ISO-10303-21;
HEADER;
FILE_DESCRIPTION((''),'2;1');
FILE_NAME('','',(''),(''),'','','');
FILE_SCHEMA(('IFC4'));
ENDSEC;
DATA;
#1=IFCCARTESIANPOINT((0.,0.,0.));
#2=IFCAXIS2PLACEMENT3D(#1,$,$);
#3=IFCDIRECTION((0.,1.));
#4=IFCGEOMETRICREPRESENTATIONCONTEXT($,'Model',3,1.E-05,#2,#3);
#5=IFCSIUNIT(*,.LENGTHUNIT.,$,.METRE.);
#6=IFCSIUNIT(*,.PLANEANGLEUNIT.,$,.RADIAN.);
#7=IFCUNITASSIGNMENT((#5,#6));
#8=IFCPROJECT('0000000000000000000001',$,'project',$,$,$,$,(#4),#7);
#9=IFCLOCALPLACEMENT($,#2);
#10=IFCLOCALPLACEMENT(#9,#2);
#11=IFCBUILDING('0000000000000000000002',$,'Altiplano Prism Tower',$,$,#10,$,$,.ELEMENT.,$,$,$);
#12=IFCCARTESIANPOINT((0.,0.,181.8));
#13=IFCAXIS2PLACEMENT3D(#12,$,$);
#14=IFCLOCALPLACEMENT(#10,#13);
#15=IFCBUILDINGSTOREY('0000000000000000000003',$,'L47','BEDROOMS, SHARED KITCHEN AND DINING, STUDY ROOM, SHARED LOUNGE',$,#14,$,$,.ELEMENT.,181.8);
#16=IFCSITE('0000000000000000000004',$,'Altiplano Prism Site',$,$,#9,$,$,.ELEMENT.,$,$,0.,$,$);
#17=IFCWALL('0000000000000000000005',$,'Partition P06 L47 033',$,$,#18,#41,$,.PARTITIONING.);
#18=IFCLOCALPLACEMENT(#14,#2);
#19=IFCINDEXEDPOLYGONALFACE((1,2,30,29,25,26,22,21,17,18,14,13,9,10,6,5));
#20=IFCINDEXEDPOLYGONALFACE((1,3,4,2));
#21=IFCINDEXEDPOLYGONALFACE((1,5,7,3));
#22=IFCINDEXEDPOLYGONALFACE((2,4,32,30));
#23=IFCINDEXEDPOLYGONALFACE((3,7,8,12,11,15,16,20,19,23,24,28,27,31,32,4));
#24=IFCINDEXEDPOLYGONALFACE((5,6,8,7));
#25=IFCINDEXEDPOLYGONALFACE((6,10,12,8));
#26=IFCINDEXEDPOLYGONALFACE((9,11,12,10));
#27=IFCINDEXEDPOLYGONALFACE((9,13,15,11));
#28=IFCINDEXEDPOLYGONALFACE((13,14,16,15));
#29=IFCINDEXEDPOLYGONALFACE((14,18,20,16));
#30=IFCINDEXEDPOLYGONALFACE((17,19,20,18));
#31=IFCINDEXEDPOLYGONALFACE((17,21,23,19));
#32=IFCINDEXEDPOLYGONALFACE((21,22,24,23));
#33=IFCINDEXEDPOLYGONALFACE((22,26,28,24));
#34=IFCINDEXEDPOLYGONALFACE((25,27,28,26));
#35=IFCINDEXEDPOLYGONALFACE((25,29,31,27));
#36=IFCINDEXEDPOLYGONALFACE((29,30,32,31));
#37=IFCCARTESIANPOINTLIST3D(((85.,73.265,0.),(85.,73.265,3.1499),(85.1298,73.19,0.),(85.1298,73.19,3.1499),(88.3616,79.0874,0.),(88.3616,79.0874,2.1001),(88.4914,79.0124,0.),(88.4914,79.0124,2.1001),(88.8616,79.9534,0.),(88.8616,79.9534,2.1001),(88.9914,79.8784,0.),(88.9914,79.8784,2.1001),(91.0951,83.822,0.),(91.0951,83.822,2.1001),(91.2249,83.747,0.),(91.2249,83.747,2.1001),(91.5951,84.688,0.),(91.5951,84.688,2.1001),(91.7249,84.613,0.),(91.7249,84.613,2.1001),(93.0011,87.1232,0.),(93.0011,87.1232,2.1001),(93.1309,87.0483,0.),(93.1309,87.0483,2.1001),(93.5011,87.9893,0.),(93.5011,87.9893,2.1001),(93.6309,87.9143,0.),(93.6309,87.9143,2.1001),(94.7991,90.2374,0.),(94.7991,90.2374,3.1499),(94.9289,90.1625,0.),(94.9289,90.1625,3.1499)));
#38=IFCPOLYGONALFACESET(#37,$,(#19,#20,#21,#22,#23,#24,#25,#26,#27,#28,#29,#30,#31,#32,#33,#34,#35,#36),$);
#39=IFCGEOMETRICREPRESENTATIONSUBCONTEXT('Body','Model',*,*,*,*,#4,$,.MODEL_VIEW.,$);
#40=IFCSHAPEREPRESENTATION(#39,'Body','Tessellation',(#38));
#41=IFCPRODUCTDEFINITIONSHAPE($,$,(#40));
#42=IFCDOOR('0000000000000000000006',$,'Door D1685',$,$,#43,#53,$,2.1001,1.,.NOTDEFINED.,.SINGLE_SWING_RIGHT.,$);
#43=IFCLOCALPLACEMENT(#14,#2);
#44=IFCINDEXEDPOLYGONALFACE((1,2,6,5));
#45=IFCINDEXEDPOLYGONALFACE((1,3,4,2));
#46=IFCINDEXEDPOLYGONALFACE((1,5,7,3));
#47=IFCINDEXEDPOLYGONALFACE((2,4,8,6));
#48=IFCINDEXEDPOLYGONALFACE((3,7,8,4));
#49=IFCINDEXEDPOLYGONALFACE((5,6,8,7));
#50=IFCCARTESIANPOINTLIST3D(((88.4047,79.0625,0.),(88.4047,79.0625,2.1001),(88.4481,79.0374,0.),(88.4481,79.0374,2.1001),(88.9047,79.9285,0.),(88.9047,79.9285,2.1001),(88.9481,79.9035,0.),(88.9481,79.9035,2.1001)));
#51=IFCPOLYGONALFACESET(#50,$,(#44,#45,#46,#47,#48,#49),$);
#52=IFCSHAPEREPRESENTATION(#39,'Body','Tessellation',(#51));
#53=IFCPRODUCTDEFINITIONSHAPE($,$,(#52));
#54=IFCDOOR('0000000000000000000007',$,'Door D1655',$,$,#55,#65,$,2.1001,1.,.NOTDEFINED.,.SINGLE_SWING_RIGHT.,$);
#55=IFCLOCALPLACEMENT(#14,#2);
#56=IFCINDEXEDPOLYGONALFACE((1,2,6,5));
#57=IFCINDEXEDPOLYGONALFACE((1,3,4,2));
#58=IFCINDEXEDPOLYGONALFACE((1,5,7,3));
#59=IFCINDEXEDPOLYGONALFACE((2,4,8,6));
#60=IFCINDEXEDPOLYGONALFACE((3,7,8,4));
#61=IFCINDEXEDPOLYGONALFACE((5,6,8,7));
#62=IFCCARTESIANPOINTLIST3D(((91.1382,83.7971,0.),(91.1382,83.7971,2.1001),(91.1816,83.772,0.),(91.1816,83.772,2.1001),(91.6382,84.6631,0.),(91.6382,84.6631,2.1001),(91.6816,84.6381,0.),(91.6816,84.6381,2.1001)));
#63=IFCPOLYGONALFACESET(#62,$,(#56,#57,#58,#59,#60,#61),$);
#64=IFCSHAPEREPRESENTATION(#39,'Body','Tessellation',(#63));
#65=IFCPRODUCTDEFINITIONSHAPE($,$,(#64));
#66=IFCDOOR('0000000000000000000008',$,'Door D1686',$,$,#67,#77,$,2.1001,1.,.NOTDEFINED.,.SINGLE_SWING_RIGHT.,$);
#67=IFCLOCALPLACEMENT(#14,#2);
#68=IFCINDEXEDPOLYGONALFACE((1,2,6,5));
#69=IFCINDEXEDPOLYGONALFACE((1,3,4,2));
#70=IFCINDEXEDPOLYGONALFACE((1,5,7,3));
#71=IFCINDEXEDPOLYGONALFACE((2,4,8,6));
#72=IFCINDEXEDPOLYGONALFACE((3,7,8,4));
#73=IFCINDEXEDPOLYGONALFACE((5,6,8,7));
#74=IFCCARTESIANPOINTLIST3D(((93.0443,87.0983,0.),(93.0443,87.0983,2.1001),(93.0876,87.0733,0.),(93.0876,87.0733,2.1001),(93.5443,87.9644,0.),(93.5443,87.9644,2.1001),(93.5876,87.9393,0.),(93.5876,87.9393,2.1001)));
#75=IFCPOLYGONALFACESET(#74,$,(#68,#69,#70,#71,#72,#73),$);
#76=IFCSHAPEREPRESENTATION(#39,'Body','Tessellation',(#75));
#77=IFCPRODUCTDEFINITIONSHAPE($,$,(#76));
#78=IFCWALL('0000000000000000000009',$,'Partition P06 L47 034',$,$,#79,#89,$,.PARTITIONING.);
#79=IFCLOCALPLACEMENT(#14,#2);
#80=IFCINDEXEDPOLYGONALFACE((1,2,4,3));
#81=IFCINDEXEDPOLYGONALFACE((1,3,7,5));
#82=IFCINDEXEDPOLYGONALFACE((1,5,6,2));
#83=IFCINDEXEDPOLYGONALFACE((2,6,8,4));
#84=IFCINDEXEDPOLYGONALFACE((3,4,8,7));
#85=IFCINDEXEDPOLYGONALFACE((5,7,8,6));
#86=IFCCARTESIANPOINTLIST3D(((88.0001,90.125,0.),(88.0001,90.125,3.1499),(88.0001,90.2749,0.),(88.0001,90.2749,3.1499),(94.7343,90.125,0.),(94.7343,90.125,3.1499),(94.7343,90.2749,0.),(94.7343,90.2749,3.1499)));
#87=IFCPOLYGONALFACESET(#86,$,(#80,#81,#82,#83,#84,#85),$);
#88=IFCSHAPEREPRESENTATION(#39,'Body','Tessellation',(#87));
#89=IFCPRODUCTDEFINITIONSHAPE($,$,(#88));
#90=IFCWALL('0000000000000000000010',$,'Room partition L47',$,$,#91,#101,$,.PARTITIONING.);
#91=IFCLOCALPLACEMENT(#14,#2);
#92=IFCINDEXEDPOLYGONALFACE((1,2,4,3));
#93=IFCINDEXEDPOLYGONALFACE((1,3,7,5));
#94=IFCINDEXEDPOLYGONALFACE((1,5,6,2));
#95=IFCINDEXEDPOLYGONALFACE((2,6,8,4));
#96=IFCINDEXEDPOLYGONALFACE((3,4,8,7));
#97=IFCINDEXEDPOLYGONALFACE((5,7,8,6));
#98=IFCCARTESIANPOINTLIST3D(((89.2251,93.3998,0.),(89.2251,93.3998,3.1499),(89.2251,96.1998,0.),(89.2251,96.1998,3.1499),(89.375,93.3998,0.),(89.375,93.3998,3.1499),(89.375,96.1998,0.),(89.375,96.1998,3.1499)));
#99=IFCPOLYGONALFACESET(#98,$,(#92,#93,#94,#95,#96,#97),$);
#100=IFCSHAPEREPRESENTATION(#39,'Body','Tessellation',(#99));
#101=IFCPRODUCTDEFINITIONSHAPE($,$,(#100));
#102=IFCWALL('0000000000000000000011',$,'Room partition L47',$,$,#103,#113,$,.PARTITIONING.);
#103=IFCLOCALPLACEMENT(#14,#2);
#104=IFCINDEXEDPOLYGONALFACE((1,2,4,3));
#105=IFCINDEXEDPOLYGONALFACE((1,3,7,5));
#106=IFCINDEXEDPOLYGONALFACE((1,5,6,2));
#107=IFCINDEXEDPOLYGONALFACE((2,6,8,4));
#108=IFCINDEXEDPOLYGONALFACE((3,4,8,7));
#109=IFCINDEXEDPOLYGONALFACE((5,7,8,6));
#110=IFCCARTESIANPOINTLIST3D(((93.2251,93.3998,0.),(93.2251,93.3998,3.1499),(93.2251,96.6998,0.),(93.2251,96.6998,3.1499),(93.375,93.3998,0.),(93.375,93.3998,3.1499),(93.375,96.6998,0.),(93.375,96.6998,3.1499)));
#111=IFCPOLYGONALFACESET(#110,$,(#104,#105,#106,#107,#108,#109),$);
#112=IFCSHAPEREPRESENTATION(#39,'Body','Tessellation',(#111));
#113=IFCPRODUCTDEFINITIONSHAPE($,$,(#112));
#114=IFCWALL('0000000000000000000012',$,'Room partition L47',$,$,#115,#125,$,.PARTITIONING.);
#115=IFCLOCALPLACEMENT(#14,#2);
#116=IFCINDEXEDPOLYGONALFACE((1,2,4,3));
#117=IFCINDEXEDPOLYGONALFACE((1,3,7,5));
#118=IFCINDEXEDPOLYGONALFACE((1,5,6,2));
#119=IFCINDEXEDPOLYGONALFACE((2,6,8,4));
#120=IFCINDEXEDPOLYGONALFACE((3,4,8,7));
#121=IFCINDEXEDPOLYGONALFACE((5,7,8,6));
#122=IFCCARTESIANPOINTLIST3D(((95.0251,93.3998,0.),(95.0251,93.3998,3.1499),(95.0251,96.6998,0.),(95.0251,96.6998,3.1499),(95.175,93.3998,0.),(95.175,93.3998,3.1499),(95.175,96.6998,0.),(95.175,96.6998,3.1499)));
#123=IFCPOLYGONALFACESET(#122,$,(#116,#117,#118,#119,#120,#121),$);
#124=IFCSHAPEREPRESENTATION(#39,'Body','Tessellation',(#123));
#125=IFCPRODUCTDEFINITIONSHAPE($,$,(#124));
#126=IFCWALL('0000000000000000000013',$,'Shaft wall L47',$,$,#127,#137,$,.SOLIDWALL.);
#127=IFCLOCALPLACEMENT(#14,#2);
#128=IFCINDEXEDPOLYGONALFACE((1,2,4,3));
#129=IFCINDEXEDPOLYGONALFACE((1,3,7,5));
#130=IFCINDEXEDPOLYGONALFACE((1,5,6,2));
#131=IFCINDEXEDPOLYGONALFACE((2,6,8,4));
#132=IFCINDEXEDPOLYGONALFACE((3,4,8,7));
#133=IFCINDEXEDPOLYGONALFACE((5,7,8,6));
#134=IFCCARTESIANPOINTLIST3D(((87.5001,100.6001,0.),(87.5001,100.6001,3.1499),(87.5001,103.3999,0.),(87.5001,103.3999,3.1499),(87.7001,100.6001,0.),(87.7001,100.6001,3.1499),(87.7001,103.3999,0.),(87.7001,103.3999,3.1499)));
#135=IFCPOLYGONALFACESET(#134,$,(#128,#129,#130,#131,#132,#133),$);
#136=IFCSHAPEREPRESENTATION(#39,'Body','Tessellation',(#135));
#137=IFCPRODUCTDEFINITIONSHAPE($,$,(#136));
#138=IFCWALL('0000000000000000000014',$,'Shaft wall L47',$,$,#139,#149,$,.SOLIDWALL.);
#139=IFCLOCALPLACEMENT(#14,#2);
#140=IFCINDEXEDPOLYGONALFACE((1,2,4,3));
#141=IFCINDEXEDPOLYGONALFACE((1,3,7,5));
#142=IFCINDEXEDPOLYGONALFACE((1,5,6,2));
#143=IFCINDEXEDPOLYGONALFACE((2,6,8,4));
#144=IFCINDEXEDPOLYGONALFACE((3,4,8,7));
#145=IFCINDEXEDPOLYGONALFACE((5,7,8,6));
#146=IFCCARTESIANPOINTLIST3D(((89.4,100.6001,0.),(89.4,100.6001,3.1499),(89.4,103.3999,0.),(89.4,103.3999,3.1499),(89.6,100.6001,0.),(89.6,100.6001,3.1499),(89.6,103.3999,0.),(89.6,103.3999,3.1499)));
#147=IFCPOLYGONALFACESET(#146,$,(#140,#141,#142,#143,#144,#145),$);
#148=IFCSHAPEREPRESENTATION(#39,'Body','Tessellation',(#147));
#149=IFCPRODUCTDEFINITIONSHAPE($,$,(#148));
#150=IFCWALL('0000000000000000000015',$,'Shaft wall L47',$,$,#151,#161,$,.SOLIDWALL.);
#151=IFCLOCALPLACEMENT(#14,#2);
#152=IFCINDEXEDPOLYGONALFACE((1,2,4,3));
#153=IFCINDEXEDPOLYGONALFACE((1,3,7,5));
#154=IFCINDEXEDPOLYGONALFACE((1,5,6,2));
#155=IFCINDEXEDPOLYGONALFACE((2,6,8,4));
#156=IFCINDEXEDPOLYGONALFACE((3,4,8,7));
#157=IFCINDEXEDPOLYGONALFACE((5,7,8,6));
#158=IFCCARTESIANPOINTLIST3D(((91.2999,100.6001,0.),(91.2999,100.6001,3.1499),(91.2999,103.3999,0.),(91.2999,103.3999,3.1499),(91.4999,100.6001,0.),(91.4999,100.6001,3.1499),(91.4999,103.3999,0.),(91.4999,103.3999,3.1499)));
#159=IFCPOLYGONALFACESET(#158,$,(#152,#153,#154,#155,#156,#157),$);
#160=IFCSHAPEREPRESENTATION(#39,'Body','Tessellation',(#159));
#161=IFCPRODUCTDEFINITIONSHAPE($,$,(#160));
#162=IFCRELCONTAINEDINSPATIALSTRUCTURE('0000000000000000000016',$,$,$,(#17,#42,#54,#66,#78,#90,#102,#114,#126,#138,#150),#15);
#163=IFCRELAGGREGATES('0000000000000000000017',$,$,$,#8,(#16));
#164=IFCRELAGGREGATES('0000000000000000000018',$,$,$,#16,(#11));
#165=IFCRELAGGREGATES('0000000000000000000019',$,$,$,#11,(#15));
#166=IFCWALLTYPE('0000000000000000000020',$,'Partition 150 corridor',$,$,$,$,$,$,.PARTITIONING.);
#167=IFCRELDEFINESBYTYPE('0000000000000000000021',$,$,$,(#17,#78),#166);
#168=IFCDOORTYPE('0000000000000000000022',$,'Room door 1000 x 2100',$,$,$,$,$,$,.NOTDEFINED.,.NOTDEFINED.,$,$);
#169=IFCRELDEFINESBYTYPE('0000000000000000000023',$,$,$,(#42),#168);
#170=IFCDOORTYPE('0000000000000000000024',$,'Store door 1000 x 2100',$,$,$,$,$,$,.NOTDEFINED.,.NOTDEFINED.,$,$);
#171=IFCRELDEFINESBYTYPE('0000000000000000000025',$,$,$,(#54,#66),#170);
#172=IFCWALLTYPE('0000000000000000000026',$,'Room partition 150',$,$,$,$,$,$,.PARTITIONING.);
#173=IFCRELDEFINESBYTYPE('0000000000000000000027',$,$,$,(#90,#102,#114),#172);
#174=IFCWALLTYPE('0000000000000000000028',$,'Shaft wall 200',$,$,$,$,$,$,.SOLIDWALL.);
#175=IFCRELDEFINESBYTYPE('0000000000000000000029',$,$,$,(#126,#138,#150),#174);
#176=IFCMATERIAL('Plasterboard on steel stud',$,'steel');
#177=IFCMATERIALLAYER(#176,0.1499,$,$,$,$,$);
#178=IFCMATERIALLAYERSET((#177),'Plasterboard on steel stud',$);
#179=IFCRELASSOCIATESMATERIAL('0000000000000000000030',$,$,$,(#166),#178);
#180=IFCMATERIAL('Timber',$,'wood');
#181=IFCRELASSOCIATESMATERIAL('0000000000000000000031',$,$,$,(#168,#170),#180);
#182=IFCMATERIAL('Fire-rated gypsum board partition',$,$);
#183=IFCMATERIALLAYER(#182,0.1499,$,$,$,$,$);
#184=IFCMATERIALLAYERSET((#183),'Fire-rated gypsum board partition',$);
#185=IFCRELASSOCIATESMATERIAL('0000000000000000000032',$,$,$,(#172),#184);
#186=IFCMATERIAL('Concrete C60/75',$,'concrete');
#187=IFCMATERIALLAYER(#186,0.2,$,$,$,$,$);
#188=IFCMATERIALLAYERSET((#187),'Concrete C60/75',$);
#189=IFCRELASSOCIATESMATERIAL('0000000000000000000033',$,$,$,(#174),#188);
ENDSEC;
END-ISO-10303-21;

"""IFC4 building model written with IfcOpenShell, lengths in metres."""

from ifc_helpers import new_model, si_unit, direction, frame, frame_2d, origin, place, context, subcontext, project, spatial, rectangle, extrude, material, layer, layer_set, type_object, element, fill, save


model = new_model("IFC4")

# Units and contexts
model_context = context("Model", 3, precision=1e-05, world=origin(), true_north=direction((0.0, 1.0)))
body_context = subcontext(model_context, "Body", "Model", "MODEL_VIEW")
ifc_project = project(units=[si_unit("LENGTHUNIT", "METRE"), si_unit("PLANEANGLEUNIT", "RADIAN")], contexts=[model_context])

# Site, building, storey
site_placement = place(None, origin())
site = spatial("IfcSite", under=ifc_project, at=site_placement, Name="Altiplano Prism Site", CompositionType="ELEMENT", RefElevation=0.0)
building_placement = place(site_placement, origin())
building = spatial("IfcBuilding", under=site, at=building_placement, Name="Altiplano Prism Tower", CompositionType="ELEMENT")
storey_placement = place(building_placement, frame((0.0, 0.0, 181.8)))
storey = spatial("IfcBuildingStorey", under=building, at=storey_placement, Name="L47", Description="BEDROOMS, SHARED KITCHEN AND DINING, STUDY ROOM, SHARED LOUNGE", CompositionType="ELEMENT", Elevation=181.8)

# Wall, openings, doors
ifc_material_1 = material(Name="Plasterboard on steel stud", Category="steel")
ifc_layer_1 = layer(ifc_material_1, 0.1499)
ifc_layer_set_1 = layer_set([ifc_layer_1], Name="Plasterboard on steel stud")
wall_type_1 = type_object("IfcWallType", Name="Partition 150 corridor", PredefinedType="PARTITIONING", material=ifc_layer_set_1)
wall_1_placement = place(storey_placement, frame((94.864, 90.2, 0.0), z_axis=(0.0, 0.0, 1.0), x_axis=(-0.500002, -0.866024, 0.0)))
wall_1 = element("IfcWall", 1, at=wall_1_placement, inside=storey, type_object=wall_type_1, Name="Partition P06 L47 033", PredefinedType="PARTITIONING", context=body_context, shape_type="SweptSolid", body=[
    extrude(rectangle(XDim=19.5981, YDim=0.1499, at=frame_2d((9.7991, 0.0))), origin(), (0.0, 0.0, 1.0), 3.1499),
])
opening_1_placement = place(wall_1_placement, frame((6.408, 0.0, 0.0)))
opening_1 = element("IfcOpeningElement", 2, at=opening_1_placement, cuts=wall_1, PredefinedType="OPENING", context=body_context, shape_type="SweptSolid", body=[
    extrude(rectangle(XDim=1.0, YDim=2.1001, at=frame_2d((0.5, 1.05))), frame((0.0, 0.0854, 0.0), z_axis=(0.0, -1.0, 0.0), x_axis=(1.0, 0.0, 0.0)), (0.0, 0.0, 1.0), 0.1709),
])
opening_2_placement = place(wall_1_placement, frame((11.875, 0.0, 0.0)))
opening_2 = element("IfcOpeningElement", 3, at=opening_2_placement, cuts=wall_1, PredefinedType="OPENING", context=body_context, shape_type="SweptSolid", body=[
    extrude(rectangle(XDim=1.0, YDim=2.1001, at=frame_2d((0.5, 1.05))), frame((0.0, 0.0854, 0.0), z_axis=(0.0, -1.0, 0.0), x_axis=(1.0, 0.0, 0.0)), (0.0, 0.0, 1.0), 0.1709),
])
opening_3_placement = place(wall_1_placement, frame((2.5959, 0.0, 0.0)))
opening_3 = element("IfcOpeningElement", 4, at=opening_3_placement, cuts=wall_1, PredefinedType="OPENING", context=body_context, shape_type="SweptSolid", body=[
    extrude(rectangle(XDim=1.0, YDim=2.1001, at=frame_2d((0.5, 1.05))), frame((0.0, 0.0854, 0.0), z_axis=(0.0, -1.0, 0.0), x_axis=(1.0, 0.0, 0.0)), (0.0, 0.0, 1.0), 0.1709),
])
ifc_material_2 = material(Name="Timber", Category="wood")
door_type_1 = type_object("IfcDoorType", Name="Room door 1000 x 2100", OperationType="NOTDEFINED", PredefinedType="NOTDEFINED", material=ifc_material_2)
door_1_placement = place(opening_2_placement, origin())
door_1 = element("IfcDoor", 5, at=door_1_placement, inside=storey, type_object=door_type_1, Name="Door D1685", OperationType="SINGLE_SWING_RIGHT", OverallHeight=2.1001, OverallWidth=1.0, PredefinedType="NOTDEFINED", context=body_context, shape_type="SweptSolid", body=[
    extrude(rectangle(XDim=1.0, YDim=2.1001, at=frame_2d((0.5, 1.05))), frame((0.0, 0.0249, 0.0), z_axis=(0.0, -1.0, 0.0), x_axis=(1.0, 0.0, 0.0)), (0.0, 0.0, 1.0), 0.05),
])
fill(opening_2, door_1)
door_type_2 = type_object("IfcDoorType", Name="Store door 1000 x 2100", OperationType="NOTDEFINED", PredefinedType="NOTDEFINED", material=ifc_material_2)
door_2_placement = place(opening_1_placement, origin())
door_2 = element("IfcDoor", 6, at=door_2_placement, inside=storey, type_object=door_type_2, Name="Door D1655", OperationType="SINGLE_SWING_RIGHT", OverallHeight=2.1001, OverallWidth=1.0, PredefinedType="NOTDEFINED", context=body_context, shape_type="SweptSolid", body=[
    extrude(rectangle(XDim=1.0, YDim=2.1001, at=frame_2d((0.5, 1.05))), frame((0.0, 0.0249, 0.0), z_axis=(0.0, -1.0, 0.0), x_axis=(1.0, 0.0, 0.0)), (0.0, 0.0, 1.0), 0.05),
])
fill(opening_1, door_2)
door_3_placement = place(opening_3_placement, origin())
door_3 = element("IfcDoor", 7, at=door_3_placement, inside=storey, type_object=door_type_2, Name="Door D1686", OperationType="SINGLE_SWING_RIGHT", OverallHeight=2.1001, OverallWidth=1.0, PredefinedType="NOTDEFINED", context=body_context, shape_type="SweptSolid", body=[
    extrude(rectangle(XDim=1.0, YDim=2.1001, at=frame_2d((0.5, 1.05))), frame((0.0, 0.0249, 0.0), z_axis=(0.0, -1.0, 0.0), x_axis=(1.0, 0.0, 0.0)), (0.0, 0.0, 1.0), 0.05),
])
fill(opening_3, door_3)

# Walls
wall_2_placement = place(storey_placement, frame((88.0, 90.2, 0.0), z_axis=(0.0, 0.0, 1.0), x_axis=(1.0, 0.0, 0.0)))
element("IfcWall", 8, at=wall_2_placement, inside=storey, type_object=wall_type_1, Name="Partition P06 L47 034", PredefinedType="PARTITIONING", context=body_context, shape_type="SweptSolid", body=[
    extrude(rectangle(XDim=6.7341, YDim=0.1499, at=frame_2d((3.3672, 0.0))), origin(), (0.0, 0.0, 1.0), 3.1499),
])
ifc_material_3 = material(Name="Fire-rated gypsum board partition")
ifc_layer_2 = layer(ifc_material_3, 0.1499)
ifc_layer_set_2 = layer_set([ifc_layer_2], Name="Fire-rated gypsum board partition")
wall_type_2 = type_object("IfcWallType", Name="Room partition 150", PredefinedType="PARTITIONING", material=ifc_layer_set_2)
wall_3_placement = place(storey_placement, frame((89.3, 93.3999, 0.0), z_axis=(0.0, 0.0, 1.0), x_axis=(0.0, 1.0, 0.0)))
element("IfcWall", 9, at=wall_3_placement, inside=storey, type_object=wall_type_2, Name="Room partition L47", PredefinedType="PARTITIONING", context=body_context, shape_type="SweptSolid", body=[
    extrude(rectangle(XDim=2.8, YDim=0.1499, at=frame_2d((1.3999, 0.0))), origin(), (0.0, 0.0, 1.0), 3.1499),
])
for number, where, z_axis, x_axis, name in (
    (10, (93.3, 93.3999, 0.0), (0.0, 0.0, 1.0), (0.0, 1.0, 0.0), "Room partition L47"),
    (11, (95.1001, 93.3999, 0.0), (0.0, 0.0, 1.0), (0.0, 1.0, 0.0), "Room partition L47"),
):
    element("IfcWall", number, at=place(storey_placement, frame(where, z_axis=z_axis, x_axis=x_axis)), inside=storey, type_object=wall_type_2, Name=name, PredefinedType="PARTITIONING", context=body_context, shape_type="SweptSolid", body=[
        extrude(rectangle(XDim=3.3, YDim=0.1499, at=frame_2d((1.6499, 0.0))), origin(), (0.0, 0.0, 1.0), 3.1499),
    ])
ifc_material_4 = material(Name="Concrete C60/75", Category="concrete")
ifc_layer_3 = layer(ifc_material_4, 0.2)
ifc_layer_set_3 = layer_set([ifc_layer_3], Name="Concrete C60/75")
wall_type_3 = type_object("IfcWallType", Name="Shaft wall 200", PredefinedType="SOLIDWALL", material=ifc_layer_set_3)
for number, where, z_axis, x_axis, name in (
    (12, (87.6001, 100.6001, 0.0), (0.0, 0.0, 1.0), (0.0, 1.0, 0.0), "Shaft wall L47"),
    (13, (89.5, 100.6001, 0.0), (0.0, 0.0, 1.0), (0.0, 1.0, 0.0), "Shaft wall L47"),
    (14, (91.3999, 100.6001, 0.0), (0.0, 0.0, 1.0), (0.0, 1.0, 0.0), "Shaft wall L47"),
):
    element("IfcWall", number, at=place(storey_placement, frame(where, z_axis=z_axis, x_axis=x_axis)), inside=storey, type_object=wall_type_3, Name=name, PredefinedType="SOLIDWALL", context=body_context, shape_type="SweptSolid", body=[
        extrude(rectangle(XDim=2.7998, YDim=0.2, at=frame_2d((1.3999, 0.0))), origin(), (0.0, 0.0, 1.0), 3.1499),
    ])

save(model, "model.ifc")
